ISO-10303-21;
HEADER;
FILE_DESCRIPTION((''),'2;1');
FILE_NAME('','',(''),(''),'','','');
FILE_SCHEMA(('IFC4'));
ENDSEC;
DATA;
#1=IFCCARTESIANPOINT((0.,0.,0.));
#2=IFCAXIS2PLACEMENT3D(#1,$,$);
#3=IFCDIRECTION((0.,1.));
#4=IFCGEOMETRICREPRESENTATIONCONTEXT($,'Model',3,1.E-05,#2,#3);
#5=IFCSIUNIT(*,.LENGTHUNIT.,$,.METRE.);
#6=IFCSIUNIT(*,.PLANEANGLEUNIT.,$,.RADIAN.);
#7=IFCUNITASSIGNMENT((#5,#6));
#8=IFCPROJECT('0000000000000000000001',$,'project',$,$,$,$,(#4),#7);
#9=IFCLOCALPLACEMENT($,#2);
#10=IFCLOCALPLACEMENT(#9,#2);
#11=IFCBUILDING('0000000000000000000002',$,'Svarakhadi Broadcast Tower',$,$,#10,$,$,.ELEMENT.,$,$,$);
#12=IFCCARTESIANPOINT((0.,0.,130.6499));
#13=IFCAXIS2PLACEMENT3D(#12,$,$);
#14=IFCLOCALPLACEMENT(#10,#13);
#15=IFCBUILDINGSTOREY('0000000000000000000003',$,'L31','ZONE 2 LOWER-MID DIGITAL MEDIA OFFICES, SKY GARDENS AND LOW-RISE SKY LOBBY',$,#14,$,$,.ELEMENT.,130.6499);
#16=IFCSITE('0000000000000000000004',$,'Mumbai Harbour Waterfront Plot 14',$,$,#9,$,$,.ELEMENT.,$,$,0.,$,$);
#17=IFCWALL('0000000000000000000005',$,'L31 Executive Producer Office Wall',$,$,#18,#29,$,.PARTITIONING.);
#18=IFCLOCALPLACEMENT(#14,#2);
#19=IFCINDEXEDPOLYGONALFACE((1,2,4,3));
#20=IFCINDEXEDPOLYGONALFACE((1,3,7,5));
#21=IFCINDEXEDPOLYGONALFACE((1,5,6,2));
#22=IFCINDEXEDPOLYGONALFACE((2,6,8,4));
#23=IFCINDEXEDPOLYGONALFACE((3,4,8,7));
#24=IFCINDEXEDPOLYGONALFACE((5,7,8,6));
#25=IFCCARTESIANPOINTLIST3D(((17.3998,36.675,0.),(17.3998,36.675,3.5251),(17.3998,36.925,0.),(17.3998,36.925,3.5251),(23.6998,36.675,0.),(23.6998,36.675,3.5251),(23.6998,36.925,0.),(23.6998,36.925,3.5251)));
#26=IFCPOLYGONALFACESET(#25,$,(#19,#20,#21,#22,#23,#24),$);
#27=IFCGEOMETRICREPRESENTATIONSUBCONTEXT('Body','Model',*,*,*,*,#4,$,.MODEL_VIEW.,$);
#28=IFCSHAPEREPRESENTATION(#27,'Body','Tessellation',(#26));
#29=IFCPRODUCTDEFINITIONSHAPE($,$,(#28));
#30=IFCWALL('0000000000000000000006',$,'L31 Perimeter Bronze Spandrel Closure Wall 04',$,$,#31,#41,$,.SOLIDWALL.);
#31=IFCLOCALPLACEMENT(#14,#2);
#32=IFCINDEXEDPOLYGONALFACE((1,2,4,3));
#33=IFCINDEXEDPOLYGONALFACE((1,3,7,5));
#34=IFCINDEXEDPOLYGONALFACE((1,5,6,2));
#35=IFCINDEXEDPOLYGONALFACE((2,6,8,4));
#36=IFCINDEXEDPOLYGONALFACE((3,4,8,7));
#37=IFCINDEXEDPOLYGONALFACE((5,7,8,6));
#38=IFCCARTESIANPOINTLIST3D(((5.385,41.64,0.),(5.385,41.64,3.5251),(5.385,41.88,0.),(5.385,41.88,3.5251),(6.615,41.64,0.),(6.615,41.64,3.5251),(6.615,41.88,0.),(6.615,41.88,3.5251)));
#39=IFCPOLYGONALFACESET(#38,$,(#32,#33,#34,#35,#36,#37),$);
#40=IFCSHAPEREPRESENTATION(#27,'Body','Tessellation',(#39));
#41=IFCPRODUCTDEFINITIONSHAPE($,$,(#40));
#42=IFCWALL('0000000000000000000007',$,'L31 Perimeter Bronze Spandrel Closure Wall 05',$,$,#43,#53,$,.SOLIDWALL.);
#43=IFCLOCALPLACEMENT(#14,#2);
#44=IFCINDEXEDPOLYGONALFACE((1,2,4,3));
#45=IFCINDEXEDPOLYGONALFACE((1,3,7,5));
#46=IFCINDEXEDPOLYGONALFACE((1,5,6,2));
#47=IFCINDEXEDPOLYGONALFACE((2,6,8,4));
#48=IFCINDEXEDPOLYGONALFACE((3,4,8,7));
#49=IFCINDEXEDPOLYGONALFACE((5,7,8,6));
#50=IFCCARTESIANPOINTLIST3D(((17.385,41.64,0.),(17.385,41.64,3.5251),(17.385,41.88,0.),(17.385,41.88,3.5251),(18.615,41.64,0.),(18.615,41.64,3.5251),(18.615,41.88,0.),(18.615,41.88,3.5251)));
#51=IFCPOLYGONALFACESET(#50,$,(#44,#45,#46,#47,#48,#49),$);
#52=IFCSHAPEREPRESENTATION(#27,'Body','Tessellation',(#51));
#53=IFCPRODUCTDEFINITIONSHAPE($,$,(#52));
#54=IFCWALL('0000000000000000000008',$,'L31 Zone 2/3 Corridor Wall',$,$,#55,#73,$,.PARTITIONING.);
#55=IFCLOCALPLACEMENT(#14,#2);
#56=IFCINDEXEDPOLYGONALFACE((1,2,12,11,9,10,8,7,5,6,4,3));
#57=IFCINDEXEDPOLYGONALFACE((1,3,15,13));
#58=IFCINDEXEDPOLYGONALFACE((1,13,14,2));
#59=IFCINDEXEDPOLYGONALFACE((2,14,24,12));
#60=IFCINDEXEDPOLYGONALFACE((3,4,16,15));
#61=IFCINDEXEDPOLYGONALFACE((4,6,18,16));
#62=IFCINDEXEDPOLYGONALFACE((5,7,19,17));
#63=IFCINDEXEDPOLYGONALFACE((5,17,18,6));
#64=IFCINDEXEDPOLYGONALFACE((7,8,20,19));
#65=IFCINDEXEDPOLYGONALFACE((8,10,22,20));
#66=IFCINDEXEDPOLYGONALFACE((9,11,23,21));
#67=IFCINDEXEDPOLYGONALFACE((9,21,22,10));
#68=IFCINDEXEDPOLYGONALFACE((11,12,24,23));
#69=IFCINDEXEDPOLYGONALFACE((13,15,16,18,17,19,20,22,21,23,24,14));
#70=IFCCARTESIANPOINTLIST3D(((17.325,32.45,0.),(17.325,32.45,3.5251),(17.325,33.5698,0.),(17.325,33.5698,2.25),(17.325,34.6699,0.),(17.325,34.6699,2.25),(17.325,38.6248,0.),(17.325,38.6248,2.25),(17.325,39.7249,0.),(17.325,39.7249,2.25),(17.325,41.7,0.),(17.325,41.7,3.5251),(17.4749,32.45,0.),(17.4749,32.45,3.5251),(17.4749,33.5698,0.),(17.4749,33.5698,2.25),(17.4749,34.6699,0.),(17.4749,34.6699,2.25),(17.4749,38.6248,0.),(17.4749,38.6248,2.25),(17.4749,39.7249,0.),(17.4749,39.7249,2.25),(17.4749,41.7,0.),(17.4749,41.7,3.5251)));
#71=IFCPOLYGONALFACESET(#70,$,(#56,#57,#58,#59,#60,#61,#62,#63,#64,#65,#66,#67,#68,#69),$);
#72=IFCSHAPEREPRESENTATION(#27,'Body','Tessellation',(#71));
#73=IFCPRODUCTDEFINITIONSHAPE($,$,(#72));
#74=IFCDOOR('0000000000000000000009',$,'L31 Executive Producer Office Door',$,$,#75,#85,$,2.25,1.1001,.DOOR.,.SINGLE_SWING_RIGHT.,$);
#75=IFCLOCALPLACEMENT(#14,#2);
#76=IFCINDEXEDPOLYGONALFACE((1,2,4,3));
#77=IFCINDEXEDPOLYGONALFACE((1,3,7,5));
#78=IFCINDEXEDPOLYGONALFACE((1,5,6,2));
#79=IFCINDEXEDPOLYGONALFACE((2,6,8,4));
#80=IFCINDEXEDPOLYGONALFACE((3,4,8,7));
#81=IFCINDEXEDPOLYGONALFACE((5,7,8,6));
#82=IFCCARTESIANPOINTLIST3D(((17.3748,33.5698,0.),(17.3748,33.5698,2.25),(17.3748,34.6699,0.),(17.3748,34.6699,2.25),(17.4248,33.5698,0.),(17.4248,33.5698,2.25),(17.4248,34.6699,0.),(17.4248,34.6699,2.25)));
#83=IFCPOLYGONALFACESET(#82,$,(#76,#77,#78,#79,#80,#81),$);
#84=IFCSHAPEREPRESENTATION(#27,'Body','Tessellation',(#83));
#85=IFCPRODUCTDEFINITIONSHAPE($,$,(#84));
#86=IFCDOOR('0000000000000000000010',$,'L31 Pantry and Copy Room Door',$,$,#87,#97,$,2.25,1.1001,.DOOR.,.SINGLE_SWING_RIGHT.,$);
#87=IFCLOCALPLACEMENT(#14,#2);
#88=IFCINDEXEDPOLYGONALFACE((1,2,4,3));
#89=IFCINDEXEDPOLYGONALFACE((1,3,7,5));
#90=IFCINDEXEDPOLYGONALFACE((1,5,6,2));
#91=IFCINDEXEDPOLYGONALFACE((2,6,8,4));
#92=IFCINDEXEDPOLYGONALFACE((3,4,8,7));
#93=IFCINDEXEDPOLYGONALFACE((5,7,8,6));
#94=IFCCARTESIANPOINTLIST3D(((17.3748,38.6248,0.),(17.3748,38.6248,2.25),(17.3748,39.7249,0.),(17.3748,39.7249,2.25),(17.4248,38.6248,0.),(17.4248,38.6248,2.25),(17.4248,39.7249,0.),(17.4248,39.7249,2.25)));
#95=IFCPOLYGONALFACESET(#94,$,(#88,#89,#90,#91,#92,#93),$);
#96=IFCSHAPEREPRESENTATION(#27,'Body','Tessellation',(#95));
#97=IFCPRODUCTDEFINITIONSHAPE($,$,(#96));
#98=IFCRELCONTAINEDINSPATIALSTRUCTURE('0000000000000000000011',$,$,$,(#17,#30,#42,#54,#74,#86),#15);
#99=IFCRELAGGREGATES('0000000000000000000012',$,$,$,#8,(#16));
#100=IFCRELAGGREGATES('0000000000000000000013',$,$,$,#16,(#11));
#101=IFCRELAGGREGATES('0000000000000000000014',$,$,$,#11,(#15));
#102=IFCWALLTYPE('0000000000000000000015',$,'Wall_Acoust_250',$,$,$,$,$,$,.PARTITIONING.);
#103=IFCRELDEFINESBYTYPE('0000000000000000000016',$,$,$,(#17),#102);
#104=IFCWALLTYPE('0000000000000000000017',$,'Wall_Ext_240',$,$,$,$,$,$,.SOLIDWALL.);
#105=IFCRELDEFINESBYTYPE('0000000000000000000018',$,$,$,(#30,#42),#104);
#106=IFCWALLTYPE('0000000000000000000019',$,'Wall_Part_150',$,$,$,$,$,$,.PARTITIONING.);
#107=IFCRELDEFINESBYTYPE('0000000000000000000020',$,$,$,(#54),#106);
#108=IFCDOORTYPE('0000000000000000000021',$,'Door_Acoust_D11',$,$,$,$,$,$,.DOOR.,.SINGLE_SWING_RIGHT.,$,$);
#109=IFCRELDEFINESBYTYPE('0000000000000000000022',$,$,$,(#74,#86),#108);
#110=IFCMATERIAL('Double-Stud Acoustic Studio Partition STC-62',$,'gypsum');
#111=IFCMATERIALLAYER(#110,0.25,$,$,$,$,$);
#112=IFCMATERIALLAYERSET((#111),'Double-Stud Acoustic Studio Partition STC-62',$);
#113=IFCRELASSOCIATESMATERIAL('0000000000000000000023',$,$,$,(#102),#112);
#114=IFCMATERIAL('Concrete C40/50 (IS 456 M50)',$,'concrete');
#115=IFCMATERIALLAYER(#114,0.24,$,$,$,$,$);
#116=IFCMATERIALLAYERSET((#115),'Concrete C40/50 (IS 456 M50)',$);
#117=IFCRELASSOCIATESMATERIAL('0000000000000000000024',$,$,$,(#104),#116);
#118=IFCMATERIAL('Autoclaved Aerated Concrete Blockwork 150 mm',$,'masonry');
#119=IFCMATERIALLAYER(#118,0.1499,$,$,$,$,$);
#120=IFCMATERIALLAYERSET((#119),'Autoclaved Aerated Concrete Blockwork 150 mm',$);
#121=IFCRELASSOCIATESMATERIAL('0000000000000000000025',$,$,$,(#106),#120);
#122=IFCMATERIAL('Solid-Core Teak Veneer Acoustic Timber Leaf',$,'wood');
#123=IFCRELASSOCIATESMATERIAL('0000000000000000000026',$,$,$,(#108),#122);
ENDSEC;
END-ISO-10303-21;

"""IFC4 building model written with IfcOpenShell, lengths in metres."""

from ifc_helpers import new_model, si_unit, direction, frame, frame_2d, origin, place, context, subcontext, project, spatial, rectangle, extrude, material, layer, layer_set, type_object, element, fill, save


model = new_model("IFC4")

# Units and contexts
model_context = context("Model", 3, precision=1e-05, world=origin(), true_north=direction((0.0, 1.0)))
body_context = subcontext(model_context, "Body", "Model", "MODEL_VIEW")
ifc_project = project(units=[si_unit("LENGTHUNIT", "METRE"), si_unit("PLANEANGLEUNIT", "RADIAN")], contexts=[model_context])

# Site, building, storey
site_placement = place(None, origin())
site = spatial("IfcSite", under=ifc_project, at=site_placement, Name="Mumbai Harbour Waterfront Plot 14", CompositionType="ELEMENT", RefElevation=0.0)
building_placement = place(site_placement, origin())
building = spatial("IfcBuilding", under=site, at=building_placement, Name="Svarakhadi Broadcast Tower", CompositionType="ELEMENT")
storey_placement = place(building_placement, frame((0.0, 0.0, 130.6499)))
storey = spatial("IfcBuildingStorey", under=building, at=storey_placement, Name="L31", Description="ZONE 2 LOWER-MID DIGITAL MEDIA OFFICES, SKY GARDENS AND LOW-RISE SKY LOBBY", CompositionType="ELEMENT", Elevation=130.6499)

# Walls
ifc_material_1 = material(Name="Double-Stud Acoustic Studio Partition STC-62", Category="gypsum")
ifc_layer_1 = layer(ifc_material_1, 0.25)
ifc_layer_set_1 = layer_set([ifc_layer_1], Name="Double-Stud Acoustic Studio Partition STC-62")
wall_type_1 = type_object("IfcWallType", Name="Wall_Acoust_250", PredefinedType="PARTITIONING", material=ifc_layer_set_1)
wall_1_placement = place(storey_placement, frame((17.3999, 36.8, 0.0), z_axis=(0.0, 0.0, 1.0), x_axis=(1.0, 0.0, 0.0)))
element("IfcWall", 1, at=wall_1_placement, inside=storey, type_object=wall_type_1, Name="L31 Executive Producer Office Wall", PredefinedType="PARTITIONING", context=body_context, shape_type="SweptSolid", body=[
    extrude(rectangle(XDim=6.3, YDim=0.25, at=frame_2d((3.1499, 0.0))), origin(), (0.0, 0.0, 1.0), 3.5251),
])
ifc_material_2 = material(Name="Concrete C40/50 (IS 456 M50)", Category="concrete")
ifc_layer_2 = layer(ifc_material_2, 0.24)
ifc_layer_set_2 = layer_set([ifc_layer_2], Name="Concrete C40/50 (IS 456 M50)")
wall_type_2 = type_object("IfcWallType", Name="Wall_Ext_240", PredefinedType="SOLIDWALL", material=ifc_layer_set_2)
for number, where, z_axis, x_axis, name in (
    (2, (5.385, 41.76, 0.0), (0.0, 0.0, 1.0), (1.0, 0.0, 0.0), "L31 Perimeter Bronze Spandrel Closure Wall 04"),
    (3, (17.385, 41.76, 0.0), (0.0, 0.0, 1.0), (1.0, 0.0, 0.0), "L31 Perimeter Bronze Spandrel Closure Wall 05"),
):
    element("IfcWall", number, at=place(storey_placement, frame(where, z_axis=z_axis, x_axis=x_axis)), inside=storey, type_object=wall_type_2, Name=name, PredefinedType="SOLIDWALL", context=body_context, shape_type="SweptSolid", body=[
        extrude(rectangle(XDim=1.23, YDim=0.24, at=frame_2d((0.615, 0.0))), origin(), (0.0, 0.0, 1.0), 3.5251),
    ])

# Wall, openings, doors
ifc_material_3 = material(Name="Autoclaved Aerated Concrete Blockwork 150 mm", Category="masonry")
ifc_layer_3 = layer(ifc_material_3, 0.1499)
ifc_layer_set_3 = layer_set([ifc_layer_3], Name="Autoclaved Aerated Concrete Blockwork 150 mm")
wall_type_3 = type_object("IfcWallType", Name="Wall_Part_150", PredefinedType="PARTITIONING", material=ifc_layer_set_3)
wall_2_placement = place(storey_placement, frame((17.3999, 41.7, 0.0), z_axis=(0.0, 0.0, 1.0), x_axis=(0.0, -1.0, 0.0)))
wall_2 = element("IfcWall", 4, at=wall_2_placement, inside=storey, type_object=wall_type_3, Name="L31 Zone 2/3 Corridor Wall", PredefinedType="PARTITIONING", context=body_context, shape_type="SweptSolid", body=[
    extrude(rectangle(XDim=9.25, YDim=0.1499, at=frame_2d((4.625, 0.0))), origin(), (0.0, 0.0, 1.0), 3.5251),
])
opening_1_placement = place(wall_2_placement, frame((7.03, 0.0, 0.0)))
opening_1 = element("IfcOpeningElement", 5, at=opening_1_placement, cuts=wall_2, PredefinedType="OPENING", context=body_context, shape_type="SweptSolid", body=[
    extrude(rectangle(XDim=1.1001, YDim=2.25, at=frame_2d((0.55, 1.125))), frame((0.0, 0.085, 0.0), z_axis=(0.0, -1.0, 0.0), x_axis=(1.0, 0.0, 0.0)), (0.0, 0.0, 1.0), 0.1699),
])
opening_2_placement = place(wall_2_placement, frame((1.9751, 0.0, 0.0)))
opening_2 = element("IfcOpeningElement", 6, at=opening_2_placement, cuts=wall_2, PredefinedType="OPENING", context=body_context, shape_type="SweptSolid", body=[
    extrude(rectangle(XDim=1.1001, YDim=2.25, at=frame_2d((0.55, 1.125))), frame((0.0, 0.085, 0.0), z_axis=(0.0, -1.0, 0.0), x_axis=(1.0, 0.0, 0.0)), (0.0, 0.0, 1.0), 0.1699),
])
ifc_material_4 = material(Name="Solid-Core Teak Veneer Acoustic Timber Leaf", Category="wood")
door_type = type_object("IfcDoorType", Name="Door_Acoust_D11", OperationType="SINGLE_SWING_RIGHT", PredefinedType="DOOR", material=ifc_material_4)
door_1_placement = place(opening_1_placement, origin())
door_1 = element("IfcDoor", 7, at=door_1_placement, inside=storey, type_object=door_type, Name="L31 Executive Producer Office Door", OperationType="SINGLE_SWING_RIGHT", OverallHeight=2.25, OverallWidth=1.1001, PredefinedType="DOOR", context=body_context, shape_type="SweptSolid", body=[
    extrude(rectangle(XDim=1.1001, YDim=2.25, at=frame_2d((0.55, 1.125))), frame((0.0, 0.0249, 0.0), z_axis=(0.0, -1.0, 0.0), x_axis=(1.0, 0.0, 0.0)), (0.0, 0.0, 1.0), 0.05),
])
fill(opening_1, door_1)
door_2_placement = place(opening_2_placement, origin())
door_2 = element("IfcDoor", 8, at=door_2_placement, inside=storey, type_object=door_type, Name="L31 Pantry and Copy Room Door", OperationType="SINGLE_SWING_RIGHT", OverallHeight=2.25, OverallWidth=1.1001, PredefinedType="DOOR", context=body_context, shape_type="SweptSolid", body=[
    extrude(rectangle(XDim=1.1001, YDim=2.25, at=frame_2d((0.55, 1.125))), frame((0.0, 0.0249, 0.0), z_axis=(0.0, -1.0, 0.0), x_axis=(1.0, 0.0, 0.0)), (0.0, 0.0, 1.0), 0.05),
])
fill(opening_2, door_2)

save(model, "model.ifc")
